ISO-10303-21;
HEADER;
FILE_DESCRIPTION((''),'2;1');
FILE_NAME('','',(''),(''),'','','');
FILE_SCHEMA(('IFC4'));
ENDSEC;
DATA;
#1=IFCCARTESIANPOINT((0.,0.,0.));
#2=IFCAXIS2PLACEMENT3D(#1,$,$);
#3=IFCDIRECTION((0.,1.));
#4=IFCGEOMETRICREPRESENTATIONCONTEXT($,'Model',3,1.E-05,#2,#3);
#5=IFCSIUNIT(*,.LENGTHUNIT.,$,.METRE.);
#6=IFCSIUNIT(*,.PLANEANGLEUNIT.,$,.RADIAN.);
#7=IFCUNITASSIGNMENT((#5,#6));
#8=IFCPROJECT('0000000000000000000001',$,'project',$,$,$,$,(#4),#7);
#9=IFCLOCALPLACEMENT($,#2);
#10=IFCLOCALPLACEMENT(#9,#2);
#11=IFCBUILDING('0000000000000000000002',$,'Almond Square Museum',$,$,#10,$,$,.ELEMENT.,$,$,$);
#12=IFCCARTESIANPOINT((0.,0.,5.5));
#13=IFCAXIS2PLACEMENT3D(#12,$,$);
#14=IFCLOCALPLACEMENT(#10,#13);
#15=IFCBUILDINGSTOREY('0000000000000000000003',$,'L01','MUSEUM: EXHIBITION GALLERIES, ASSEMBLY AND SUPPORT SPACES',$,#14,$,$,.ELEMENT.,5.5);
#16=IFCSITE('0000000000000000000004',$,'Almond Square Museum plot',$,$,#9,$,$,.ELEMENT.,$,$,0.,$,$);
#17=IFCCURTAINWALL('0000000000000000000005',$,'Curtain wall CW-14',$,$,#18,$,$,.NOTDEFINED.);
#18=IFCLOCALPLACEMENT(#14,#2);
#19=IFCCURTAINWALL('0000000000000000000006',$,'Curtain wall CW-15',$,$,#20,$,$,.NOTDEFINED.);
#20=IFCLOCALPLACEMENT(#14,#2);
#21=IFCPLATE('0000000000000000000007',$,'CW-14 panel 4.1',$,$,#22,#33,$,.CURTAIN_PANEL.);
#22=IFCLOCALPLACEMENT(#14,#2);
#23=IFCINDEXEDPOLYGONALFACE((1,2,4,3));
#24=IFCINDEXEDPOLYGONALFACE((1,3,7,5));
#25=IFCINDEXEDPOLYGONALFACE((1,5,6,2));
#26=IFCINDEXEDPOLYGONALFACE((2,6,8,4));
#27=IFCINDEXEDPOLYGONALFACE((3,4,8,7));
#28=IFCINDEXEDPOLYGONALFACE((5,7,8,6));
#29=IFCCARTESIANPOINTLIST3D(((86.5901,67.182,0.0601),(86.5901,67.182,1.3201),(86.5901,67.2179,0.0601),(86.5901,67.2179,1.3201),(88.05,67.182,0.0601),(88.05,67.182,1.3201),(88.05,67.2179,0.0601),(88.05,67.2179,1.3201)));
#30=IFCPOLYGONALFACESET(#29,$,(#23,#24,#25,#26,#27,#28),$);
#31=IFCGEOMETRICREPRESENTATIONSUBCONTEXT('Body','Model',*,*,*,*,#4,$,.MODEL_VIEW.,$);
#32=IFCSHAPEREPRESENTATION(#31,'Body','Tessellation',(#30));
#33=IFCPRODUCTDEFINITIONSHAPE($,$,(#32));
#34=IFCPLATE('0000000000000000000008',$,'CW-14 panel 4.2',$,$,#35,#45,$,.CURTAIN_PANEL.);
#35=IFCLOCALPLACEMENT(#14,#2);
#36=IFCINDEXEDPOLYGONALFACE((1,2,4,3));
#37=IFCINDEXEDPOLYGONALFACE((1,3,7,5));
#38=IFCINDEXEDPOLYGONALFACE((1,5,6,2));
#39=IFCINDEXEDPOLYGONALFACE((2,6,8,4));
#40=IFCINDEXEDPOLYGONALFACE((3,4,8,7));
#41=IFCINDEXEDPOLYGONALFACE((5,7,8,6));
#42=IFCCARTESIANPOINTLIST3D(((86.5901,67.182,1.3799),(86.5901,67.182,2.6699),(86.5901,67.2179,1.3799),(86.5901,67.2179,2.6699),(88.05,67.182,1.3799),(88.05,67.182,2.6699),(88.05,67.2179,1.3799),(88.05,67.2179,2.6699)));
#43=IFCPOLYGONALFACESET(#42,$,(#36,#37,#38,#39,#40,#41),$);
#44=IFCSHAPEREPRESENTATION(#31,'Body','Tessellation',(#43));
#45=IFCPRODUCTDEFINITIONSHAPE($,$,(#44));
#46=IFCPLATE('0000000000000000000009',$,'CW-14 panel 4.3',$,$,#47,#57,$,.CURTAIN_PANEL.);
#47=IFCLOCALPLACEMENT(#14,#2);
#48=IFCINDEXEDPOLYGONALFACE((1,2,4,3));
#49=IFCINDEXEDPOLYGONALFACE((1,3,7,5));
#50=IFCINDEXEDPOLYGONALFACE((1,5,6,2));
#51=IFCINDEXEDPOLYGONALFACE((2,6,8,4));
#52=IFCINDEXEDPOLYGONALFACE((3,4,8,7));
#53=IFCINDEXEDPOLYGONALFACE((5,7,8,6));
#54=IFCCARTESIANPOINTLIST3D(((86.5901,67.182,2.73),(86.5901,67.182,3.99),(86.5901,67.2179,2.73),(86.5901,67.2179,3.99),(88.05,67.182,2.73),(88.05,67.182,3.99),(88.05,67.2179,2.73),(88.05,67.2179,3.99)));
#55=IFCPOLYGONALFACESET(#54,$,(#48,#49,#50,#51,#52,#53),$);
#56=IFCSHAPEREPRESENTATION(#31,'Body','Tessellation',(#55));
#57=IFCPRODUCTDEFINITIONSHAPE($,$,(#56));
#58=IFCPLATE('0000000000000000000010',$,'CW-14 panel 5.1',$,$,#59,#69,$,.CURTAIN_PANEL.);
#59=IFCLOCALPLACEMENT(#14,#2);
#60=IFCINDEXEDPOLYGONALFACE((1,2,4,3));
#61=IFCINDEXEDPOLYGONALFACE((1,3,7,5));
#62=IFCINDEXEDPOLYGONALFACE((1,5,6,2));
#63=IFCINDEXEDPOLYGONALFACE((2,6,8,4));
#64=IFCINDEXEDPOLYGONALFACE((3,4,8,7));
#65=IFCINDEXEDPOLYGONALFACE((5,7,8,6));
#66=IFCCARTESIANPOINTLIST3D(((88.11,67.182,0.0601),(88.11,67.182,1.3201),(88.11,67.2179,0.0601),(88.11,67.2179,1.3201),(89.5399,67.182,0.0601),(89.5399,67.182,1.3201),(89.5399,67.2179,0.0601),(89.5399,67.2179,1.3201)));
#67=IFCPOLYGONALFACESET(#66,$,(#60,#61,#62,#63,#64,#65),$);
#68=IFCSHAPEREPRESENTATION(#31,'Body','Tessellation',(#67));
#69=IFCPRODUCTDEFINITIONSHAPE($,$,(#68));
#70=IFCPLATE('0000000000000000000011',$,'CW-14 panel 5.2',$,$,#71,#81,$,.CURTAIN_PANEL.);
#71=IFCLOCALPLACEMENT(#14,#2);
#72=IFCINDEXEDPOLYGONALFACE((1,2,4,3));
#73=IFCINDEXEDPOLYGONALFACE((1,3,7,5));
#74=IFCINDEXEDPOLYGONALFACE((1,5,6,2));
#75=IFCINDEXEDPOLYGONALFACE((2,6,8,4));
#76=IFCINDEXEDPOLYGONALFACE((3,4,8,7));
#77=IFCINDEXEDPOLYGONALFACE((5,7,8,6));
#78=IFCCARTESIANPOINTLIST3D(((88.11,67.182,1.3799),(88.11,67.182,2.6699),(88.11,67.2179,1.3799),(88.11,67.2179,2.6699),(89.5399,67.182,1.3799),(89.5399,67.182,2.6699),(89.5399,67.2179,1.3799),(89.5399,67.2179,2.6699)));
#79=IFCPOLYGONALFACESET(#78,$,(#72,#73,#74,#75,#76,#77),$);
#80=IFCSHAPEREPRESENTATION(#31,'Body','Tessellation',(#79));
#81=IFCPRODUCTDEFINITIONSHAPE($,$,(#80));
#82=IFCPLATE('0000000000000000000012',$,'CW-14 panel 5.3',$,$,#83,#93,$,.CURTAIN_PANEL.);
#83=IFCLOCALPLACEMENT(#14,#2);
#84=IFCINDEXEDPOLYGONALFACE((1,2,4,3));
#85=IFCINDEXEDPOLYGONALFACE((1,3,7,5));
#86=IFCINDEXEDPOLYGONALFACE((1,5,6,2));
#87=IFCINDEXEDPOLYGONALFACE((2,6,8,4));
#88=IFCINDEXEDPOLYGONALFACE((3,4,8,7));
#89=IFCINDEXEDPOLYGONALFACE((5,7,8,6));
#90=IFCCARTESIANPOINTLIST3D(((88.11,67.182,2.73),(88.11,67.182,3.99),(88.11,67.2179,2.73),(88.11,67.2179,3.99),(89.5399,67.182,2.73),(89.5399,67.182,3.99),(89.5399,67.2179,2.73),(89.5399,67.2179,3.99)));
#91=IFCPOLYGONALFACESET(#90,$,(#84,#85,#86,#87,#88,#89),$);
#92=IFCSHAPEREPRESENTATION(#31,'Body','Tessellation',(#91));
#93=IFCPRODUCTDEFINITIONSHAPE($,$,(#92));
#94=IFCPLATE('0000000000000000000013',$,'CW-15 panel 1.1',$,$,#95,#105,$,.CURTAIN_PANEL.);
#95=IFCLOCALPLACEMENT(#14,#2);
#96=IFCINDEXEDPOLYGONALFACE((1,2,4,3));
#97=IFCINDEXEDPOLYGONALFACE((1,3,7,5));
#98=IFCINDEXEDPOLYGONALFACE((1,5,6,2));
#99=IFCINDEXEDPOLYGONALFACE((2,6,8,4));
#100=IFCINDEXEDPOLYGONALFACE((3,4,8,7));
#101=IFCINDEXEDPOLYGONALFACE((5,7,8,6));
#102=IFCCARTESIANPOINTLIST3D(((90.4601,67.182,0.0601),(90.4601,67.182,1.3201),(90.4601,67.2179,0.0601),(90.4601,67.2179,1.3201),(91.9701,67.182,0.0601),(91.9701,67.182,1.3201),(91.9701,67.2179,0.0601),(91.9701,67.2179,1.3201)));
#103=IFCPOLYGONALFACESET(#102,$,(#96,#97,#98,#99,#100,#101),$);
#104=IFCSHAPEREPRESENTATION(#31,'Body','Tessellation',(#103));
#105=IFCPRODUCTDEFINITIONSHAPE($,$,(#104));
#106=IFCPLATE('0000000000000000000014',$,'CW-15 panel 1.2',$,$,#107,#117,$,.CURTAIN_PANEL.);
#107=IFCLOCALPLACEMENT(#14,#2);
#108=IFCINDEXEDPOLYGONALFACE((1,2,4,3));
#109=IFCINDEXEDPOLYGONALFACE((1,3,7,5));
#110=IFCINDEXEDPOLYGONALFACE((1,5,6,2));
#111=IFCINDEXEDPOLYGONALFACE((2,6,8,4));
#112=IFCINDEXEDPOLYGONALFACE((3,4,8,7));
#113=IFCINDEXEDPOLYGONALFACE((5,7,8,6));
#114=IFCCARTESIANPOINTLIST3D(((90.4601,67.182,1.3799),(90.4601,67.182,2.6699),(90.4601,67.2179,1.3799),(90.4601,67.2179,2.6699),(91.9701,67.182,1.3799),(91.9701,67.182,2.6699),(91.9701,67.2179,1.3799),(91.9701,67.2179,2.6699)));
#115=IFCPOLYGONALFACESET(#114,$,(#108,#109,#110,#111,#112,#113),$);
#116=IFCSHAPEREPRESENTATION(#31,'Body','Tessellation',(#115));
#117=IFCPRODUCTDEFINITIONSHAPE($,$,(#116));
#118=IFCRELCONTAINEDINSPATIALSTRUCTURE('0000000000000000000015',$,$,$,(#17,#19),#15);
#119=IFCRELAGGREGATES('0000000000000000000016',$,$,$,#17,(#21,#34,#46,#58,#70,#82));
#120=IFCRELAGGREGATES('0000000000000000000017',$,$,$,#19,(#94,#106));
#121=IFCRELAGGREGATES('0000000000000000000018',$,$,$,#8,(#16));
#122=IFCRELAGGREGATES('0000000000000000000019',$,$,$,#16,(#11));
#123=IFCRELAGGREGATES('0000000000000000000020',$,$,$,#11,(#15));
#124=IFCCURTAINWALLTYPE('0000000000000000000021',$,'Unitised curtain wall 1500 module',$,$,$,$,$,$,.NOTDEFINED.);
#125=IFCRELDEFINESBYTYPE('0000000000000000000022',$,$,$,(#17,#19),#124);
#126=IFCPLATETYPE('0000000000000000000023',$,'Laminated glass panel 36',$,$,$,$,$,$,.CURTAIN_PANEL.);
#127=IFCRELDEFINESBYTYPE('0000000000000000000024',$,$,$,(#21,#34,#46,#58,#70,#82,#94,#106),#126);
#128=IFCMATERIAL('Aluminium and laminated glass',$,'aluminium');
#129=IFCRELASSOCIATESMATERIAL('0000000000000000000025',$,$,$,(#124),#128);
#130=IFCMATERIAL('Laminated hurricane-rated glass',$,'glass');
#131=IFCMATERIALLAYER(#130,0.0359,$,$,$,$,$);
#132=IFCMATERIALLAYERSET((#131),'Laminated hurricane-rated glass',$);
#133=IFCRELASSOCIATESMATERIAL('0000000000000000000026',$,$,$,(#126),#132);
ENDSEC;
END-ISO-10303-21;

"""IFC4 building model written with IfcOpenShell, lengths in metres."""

from ifc_helpers import new_model, si_unit, direction, frame, origin, origin_2d, place, context, subcontext, project, spatial, rectangle, extrude, material, layer, layer_set, type_object, element, aggregate, save


model = new_model("IFC4")

# Units and contexts
model_context = context("Model", 3, precision=1e-05, world=origin(), true_north=direction((0.0, 1.0)))
body_context = subcontext(model_context, "Body", "Model", "MODEL_VIEW")
ifc_project = project(units=[si_unit("LENGTHUNIT", "METRE"), si_unit("PLANEANGLEUNIT", "RADIAN")], contexts=[model_context])

# Site, building, storey
site_placement = place(None, origin())
site = spatial("IfcSite", under=ifc_project, at=site_placement, Name="Almond Square Museum plot", CompositionType="ELEMENT", RefElevation=0.0)
building_placement = place(site_placement, origin())
building = spatial("IfcBuilding", under=site, at=building_placement, Name="Almond Square Museum", CompositionType="ELEMENT")
storey_placement = place(building_placement, frame((0.0, 0.0, 5.5)))
storey = spatial("IfcBuildingStorey", under=building, at=storey_placement, Name="L01", Description="MUSEUM: EXHIBITION GALLERIES, ASSEMBLY AND SUPPORT SPACES", CompositionType="ELEMENT", Elevation=5.5)

# Curtain wall
ifc_material_1 = material(Name="Aluminium and laminated glass", Category="aluminium")
curtain_wall_type = type_object("IfcCurtainWallType", Name="Unitised curtain wall 1500 module", PredefinedType="NOTDEFINED", material=ifc_material_1)
curtain_wall_1_placement = place(storey_placement, origin())
curtain_wall_1 = element("IfcCurtainWall", 1, at=curtain_wall_1_placement, inside=storey, type_object=curtain_wall_type, Name="Curtain wall CW-14", PredefinedType="NOTDEFINED")

# Curtain wall
curtain_wall_2_placement = place(storey_placement, origin())
curtain_wall_2 = element("IfcCurtainWall", 2, at=curtain_wall_2_placement, inside=storey, type_object=curtain_wall_type, Name="Curtain wall CW-15", PredefinedType="NOTDEFINED")

# Plates
ifc_material_2 = material(Name="Laminated hurricane-rated glass", Category="glass")
ifc_layer = layer(ifc_material_2, 0.0359)
ifc_layer_set = layer_set([ifc_layer], Name="Laminated hurricane-rated glass")
plate_type = type_object("IfcPlateType", Name="Laminated glass panel 36", PredefinedType="CURTAIN_PANEL", material=ifc_layer_set)
plate_1_placement = place(storey_placement, frame((87.3201, 67.2, 0.0601), z_axis=(0.0, 0.0, 1.0), x_axis=(1.0, 0.0, 0.0)))
plate_1 = element("IfcPlate", 3, at=plate_1_placement, type_object=plate_type, Name="CW-14 panel 4.1", PredefinedType="CURTAIN_PANEL", context=body_context, shape_type="SweptSolid", body=[
    extrude(rectangle(XDim=1.46, YDim=0.0359, at=origin_2d()), origin(), (0.0, 0.0, 1.0), 1.26),
])
plate_2_placement = place(storey_placement, frame((87.3201, 67.2, 1.3799), z_axis=(0.0, 0.0, 1.0), x_axis=(1.0, 0.0, 0.0)))
plate_2 = element("IfcPlate", 4, at=plate_2_placement, type_object=plate_type, Name="CW-14 panel 4.2", PredefinedType="CURTAIN_PANEL", context=body_context, shape_type="SweptSolid", body=[
    extrude(rectangle(XDim=1.46, YDim=0.0359, at=origin_2d()), origin(), (0.0, 0.0, 1.0), 1.29),
])
plate_3_placement = place(storey_placement, frame((87.3201, 67.2, 2.73), z_axis=(0.0, 0.0, 1.0), x_axis=(1.0, 0.0, 0.0)))
plate_3 = element("IfcPlate", 5, at=plate_3_placement, type_object=plate_type, Name="CW-14 panel 4.3", PredefinedType="CURTAIN_PANEL", context=body_context, shape_type="SweptSolid", body=[
    extrude(rectangle(XDim=1.46, YDim=0.0359, at=origin_2d()), origin(), (0.0, 0.0, 1.0), 1.26),
])
plate_4_placement = place(storey_placement, frame((88.825, 67.2, 0.0601), z_axis=(0.0, 0.0, 1.0), x_axis=(1.0, 0.0, 0.0)))
plate_4 = element("IfcPlate", 6, at=plate_4_placement, type_object=plate_type, Name="CW-14 panel 5.1", PredefinedType="CURTAIN_PANEL", context=body_context, shape_type="SweptSolid", body=[
    extrude(rectangle(XDim=1.4299, YDim=0.0359, at=origin_2d()), origin(), (0.0, 0.0, 1.0), 1.26),
])
plate_5_placement = place(storey_placement, frame((88.825, 67.2, 1.3799), z_axis=(0.0, 0.0, 1.0), x_axis=(1.0, 0.0, 0.0)))
plate_5 = element("IfcPlate", 7, at=plate_5_placement, type_object=plate_type, Name="CW-14 panel 5.2", PredefinedType="CURTAIN_PANEL", context=body_context, shape_type="SweptSolid", body=[
    extrude(rectangle(XDim=1.4299, YDim=0.0359, at=origin_2d()), origin(), (0.0, 0.0, 1.0), 1.29),
])
plate_6_placement = place(storey_placement, frame((88.825, 67.2, 2.73), z_axis=(0.0, 0.0, 1.0), x_axis=(1.0, 0.0, 0.0)))
plate_6 = element("IfcPlate", 8, at=plate_6_placement, type_object=plate_type, Name="CW-14 panel 5.3", PredefinedType="CURTAIN_PANEL", context=body_context, shape_type="SweptSolid", body=[
    extrude(rectangle(XDim=1.4299, YDim=0.0359, at=origin_2d()), origin(), (0.0, 0.0, 1.0), 1.26),
])
aggregate(curtain_wall_1, [plate_1, plate_2, plate_3, plate_4, plate_5, plate_6])
plate_7_placement = place(storey_placement, frame((91.2151, 67.2, 0.0601), z_axis=(0.0, 0.0, 1.0), x_axis=(1.0, 0.0, 0.0)))
plate_7 = element("IfcPlate", 9, at=plate_7_placement, type_object=plate_type, Name="CW-15 panel 1.1", PredefinedType="CURTAIN_PANEL", context=body_context, shape_type="SweptSolid", body=[
    extrude(rectangle(XDim=1.51, YDim=0.0359, at=origin_2d()), origin(), (0.0, 0.0, 1.0), 1.26),
])
plate_8_placement = place(storey_placement, frame((91.2151, 67.2, 1.3799), z_axis=(0.0, 0.0, 1.0), x_axis=(1.0, 0.0, 0.0)))
plate_8 = element("IfcPlate", 10, at=plate_8_placement, type_object=plate_type, Name="CW-15 panel 1.2", PredefinedType="CURTAIN_PANEL", context=body_context, shape_type="SweptSolid", body=[
    extrude(rectangle(XDim=1.51, YDim=0.0359, at=origin_2d()), origin(), (0.0, 0.0, 1.0), 1.29),
])
aggregate(curtain_wall_2, [plate_7, plate_8])

save(model, "model.ifc")
